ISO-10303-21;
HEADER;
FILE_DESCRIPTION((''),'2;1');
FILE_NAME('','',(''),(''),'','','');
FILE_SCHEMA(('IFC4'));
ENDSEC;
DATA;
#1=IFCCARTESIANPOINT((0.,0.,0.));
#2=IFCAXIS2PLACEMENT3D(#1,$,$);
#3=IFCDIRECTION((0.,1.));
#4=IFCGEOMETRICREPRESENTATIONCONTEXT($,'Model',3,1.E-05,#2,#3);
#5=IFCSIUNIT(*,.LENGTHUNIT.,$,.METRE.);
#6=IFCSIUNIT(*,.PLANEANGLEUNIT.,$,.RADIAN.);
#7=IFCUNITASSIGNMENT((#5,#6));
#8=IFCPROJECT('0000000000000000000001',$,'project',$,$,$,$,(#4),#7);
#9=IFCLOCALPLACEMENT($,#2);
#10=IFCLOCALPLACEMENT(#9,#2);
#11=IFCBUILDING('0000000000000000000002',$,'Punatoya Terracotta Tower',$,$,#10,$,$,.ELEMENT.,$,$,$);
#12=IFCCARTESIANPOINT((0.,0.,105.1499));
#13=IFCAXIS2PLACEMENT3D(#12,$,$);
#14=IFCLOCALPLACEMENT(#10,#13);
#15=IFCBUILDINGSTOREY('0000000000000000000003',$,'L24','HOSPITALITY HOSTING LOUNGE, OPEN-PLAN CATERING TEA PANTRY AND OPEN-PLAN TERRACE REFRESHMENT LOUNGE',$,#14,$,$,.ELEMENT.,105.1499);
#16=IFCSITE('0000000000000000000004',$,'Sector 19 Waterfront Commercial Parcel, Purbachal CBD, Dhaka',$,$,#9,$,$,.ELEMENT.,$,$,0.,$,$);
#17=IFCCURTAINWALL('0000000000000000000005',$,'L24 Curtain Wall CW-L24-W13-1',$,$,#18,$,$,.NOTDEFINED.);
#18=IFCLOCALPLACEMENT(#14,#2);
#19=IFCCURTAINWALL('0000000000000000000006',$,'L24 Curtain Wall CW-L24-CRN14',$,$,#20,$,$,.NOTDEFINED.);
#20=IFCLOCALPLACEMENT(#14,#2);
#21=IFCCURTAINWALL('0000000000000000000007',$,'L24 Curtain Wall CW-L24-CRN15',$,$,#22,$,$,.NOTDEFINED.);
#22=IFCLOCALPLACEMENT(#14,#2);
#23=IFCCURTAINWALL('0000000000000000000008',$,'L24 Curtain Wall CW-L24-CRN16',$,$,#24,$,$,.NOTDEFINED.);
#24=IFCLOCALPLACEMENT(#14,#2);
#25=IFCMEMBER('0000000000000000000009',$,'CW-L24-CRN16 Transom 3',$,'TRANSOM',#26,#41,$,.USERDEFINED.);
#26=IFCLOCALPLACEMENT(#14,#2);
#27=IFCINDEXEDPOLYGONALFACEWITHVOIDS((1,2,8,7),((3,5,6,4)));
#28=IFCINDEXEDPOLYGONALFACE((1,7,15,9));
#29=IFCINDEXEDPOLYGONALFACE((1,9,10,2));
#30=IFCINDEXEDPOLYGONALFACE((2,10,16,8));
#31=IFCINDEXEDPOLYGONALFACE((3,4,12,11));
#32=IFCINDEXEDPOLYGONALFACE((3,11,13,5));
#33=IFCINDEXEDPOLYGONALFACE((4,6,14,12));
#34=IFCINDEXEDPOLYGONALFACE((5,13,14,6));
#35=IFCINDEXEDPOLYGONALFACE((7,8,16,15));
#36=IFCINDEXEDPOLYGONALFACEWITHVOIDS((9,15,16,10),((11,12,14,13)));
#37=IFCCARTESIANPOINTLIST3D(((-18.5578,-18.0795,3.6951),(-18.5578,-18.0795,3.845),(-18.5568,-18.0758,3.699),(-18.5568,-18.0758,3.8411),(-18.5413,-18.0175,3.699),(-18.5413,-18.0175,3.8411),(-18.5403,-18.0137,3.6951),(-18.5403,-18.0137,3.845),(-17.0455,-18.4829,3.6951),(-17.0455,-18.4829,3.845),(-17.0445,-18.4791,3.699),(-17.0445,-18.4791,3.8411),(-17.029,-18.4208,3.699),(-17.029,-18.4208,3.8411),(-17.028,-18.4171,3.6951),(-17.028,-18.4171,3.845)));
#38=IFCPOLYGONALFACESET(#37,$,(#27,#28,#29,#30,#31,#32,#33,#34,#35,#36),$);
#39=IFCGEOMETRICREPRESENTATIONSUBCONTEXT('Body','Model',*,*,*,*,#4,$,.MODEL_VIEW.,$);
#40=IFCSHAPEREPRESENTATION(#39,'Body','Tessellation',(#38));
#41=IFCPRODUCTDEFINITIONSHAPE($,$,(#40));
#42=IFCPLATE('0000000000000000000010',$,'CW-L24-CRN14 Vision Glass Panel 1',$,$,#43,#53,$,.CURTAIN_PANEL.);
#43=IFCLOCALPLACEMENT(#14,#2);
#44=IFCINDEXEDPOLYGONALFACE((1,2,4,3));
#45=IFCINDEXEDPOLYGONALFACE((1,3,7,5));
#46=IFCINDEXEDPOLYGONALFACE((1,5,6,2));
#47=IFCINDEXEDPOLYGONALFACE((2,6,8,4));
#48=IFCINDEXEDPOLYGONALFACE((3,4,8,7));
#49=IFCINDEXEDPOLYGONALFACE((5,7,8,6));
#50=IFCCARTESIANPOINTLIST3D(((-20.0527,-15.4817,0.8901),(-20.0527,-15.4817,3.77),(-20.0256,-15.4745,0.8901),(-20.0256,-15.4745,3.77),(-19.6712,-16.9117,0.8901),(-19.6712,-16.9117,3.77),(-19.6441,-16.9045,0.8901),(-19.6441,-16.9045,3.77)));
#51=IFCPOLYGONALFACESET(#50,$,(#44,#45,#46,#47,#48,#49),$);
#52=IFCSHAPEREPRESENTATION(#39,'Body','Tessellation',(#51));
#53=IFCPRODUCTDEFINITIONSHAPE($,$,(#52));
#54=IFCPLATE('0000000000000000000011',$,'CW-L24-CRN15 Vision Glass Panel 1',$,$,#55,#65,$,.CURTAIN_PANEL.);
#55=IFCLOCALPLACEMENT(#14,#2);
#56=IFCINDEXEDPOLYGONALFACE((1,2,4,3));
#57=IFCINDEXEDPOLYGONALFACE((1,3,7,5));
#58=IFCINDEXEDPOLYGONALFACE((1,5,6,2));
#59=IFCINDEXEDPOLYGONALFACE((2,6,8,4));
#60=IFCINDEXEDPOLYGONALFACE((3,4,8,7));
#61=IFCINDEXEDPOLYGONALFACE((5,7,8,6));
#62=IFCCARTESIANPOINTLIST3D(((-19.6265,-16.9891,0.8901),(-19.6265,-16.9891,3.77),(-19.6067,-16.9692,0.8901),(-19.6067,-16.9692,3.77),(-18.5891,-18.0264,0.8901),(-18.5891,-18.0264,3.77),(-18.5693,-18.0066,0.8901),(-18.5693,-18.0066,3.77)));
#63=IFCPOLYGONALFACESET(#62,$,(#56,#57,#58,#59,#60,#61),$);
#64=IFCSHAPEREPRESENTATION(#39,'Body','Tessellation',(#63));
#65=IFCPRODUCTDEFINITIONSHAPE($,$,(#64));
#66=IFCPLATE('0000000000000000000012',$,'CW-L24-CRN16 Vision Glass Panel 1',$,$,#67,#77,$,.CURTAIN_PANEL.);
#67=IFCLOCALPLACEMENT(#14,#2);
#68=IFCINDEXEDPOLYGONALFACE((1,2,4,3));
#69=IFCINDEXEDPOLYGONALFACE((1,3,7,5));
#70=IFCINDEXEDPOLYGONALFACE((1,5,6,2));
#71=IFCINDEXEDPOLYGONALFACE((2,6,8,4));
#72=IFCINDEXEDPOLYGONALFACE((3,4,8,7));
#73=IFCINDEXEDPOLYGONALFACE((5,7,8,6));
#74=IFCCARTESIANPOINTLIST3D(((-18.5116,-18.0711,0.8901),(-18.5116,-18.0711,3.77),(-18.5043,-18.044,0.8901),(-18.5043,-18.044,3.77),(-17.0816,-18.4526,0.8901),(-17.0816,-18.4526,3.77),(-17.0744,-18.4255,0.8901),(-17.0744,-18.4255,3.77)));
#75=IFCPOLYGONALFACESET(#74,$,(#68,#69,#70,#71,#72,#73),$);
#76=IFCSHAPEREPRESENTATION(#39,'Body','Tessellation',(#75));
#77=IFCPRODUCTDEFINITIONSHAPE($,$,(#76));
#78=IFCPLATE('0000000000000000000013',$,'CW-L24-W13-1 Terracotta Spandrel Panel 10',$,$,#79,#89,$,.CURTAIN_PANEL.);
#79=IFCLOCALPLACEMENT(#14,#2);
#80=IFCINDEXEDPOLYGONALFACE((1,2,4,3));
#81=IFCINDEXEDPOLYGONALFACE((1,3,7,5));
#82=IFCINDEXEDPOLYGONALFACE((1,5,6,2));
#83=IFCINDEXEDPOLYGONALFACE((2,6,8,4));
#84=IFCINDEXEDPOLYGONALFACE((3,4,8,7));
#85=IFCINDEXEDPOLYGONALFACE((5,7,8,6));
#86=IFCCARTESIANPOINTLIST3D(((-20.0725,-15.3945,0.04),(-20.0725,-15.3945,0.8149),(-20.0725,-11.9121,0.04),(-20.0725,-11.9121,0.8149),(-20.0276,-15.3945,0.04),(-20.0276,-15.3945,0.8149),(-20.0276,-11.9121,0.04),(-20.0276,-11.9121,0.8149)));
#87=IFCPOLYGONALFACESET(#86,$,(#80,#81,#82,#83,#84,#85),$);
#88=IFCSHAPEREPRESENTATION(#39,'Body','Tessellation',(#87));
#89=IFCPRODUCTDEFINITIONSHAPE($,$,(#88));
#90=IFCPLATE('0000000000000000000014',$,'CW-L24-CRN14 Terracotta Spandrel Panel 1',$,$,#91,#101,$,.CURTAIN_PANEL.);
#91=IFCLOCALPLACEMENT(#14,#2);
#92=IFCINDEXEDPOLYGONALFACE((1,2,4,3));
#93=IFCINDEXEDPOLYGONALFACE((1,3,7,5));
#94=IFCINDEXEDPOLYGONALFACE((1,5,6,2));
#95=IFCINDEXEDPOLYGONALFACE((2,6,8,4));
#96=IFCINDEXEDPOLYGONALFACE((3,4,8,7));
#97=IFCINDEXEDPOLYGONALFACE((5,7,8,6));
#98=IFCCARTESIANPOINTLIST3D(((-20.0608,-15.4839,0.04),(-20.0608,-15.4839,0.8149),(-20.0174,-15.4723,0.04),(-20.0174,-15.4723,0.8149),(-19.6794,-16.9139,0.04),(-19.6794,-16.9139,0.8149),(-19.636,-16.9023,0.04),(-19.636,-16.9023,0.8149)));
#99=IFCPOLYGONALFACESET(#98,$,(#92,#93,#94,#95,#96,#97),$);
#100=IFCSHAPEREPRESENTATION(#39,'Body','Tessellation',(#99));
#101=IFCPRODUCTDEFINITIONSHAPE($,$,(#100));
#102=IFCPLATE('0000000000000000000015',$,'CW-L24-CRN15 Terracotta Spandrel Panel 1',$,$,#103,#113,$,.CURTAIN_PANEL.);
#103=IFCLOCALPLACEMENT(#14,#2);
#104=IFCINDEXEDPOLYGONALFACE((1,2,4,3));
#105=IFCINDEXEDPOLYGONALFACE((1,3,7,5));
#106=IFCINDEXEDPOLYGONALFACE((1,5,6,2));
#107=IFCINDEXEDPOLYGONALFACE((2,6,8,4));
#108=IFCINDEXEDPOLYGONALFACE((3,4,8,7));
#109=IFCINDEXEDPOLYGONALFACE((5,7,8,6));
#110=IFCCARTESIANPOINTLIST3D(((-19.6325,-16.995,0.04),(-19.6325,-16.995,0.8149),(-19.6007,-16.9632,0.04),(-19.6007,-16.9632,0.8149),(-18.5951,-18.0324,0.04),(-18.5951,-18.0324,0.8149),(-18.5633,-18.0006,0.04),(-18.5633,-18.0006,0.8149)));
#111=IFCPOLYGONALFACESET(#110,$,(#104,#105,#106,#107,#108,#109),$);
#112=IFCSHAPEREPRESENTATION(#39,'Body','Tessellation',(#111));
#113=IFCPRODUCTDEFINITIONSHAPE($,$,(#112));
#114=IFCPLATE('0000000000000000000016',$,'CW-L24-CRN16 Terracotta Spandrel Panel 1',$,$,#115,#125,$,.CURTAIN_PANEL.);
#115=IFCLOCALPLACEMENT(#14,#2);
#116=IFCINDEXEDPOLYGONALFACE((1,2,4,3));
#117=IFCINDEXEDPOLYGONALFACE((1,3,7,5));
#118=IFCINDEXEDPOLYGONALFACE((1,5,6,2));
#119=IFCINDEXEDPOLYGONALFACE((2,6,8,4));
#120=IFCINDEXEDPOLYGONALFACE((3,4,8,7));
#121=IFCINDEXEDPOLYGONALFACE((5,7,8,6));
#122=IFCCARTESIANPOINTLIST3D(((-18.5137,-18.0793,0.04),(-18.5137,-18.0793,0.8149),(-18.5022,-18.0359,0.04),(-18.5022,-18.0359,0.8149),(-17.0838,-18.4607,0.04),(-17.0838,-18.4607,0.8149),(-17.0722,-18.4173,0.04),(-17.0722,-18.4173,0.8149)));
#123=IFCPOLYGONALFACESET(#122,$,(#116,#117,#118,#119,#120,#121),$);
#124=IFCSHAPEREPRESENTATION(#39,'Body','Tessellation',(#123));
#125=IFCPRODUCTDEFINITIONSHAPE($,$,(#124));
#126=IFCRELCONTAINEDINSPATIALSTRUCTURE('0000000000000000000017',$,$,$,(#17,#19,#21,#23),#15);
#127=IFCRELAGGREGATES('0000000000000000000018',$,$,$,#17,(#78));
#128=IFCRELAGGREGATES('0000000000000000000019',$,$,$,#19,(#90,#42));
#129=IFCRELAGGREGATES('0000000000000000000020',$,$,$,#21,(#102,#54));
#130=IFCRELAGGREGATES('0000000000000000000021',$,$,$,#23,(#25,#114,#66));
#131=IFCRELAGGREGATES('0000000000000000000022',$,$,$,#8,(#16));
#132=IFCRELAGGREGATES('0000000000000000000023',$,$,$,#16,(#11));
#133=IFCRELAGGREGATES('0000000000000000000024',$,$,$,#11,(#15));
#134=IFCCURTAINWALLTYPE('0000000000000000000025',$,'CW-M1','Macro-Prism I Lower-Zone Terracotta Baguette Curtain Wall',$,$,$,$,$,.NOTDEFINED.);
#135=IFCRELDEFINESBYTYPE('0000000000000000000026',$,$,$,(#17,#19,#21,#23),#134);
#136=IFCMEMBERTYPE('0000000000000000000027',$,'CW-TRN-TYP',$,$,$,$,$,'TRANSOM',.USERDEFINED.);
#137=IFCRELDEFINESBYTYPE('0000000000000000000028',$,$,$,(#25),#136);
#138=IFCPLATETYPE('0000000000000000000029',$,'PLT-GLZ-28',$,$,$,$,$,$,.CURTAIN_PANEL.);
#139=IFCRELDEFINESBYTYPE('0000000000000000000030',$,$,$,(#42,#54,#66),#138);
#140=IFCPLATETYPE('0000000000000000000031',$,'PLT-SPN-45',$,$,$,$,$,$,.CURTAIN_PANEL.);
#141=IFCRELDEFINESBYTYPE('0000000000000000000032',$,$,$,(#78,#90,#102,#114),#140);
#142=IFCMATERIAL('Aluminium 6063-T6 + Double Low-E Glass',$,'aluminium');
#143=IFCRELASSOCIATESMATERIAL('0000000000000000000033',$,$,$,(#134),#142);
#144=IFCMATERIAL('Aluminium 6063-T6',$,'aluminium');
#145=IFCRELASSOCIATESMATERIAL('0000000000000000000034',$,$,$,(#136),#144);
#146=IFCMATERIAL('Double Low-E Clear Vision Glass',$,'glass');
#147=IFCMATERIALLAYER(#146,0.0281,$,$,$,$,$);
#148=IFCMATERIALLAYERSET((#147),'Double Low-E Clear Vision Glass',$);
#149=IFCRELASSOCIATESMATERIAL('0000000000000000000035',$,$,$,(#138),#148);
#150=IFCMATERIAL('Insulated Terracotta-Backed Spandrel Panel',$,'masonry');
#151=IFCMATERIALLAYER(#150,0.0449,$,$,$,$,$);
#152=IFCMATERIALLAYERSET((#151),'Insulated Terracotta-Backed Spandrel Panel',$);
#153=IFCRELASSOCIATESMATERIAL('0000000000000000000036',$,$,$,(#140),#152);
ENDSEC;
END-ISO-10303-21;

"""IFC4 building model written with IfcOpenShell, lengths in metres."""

from ifc_helpers import new_model, si_unit, direction, frame, origin, origin_2d, place, context, subcontext, project, spatial, rectangle, hollow_rectangle, extrude, material, layer, layer_set, material_profile, profile_set, type_object, element, aggregate, save


model = new_model("IFC4")

# Units and contexts
model_context = context("Model", 3, precision=1e-05, world=origin(), true_north=direction((0.0, 1.0)))
body_context = subcontext(model_context, "Body", "Model", "MODEL_VIEW")
ifc_project = project(units=[si_unit("LENGTHUNIT", "METRE"), si_unit("PLANEANGLEUNIT", "RADIAN")], contexts=[model_context])

# Site, building, storey
site_placement = place(None, origin())
site = spatial("IfcSite", under=ifc_project, at=site_placement, Name="Sector 19 Waterfront Commercial Parcel, Purbachal CBD, Dhaka", CompositionType="ELEMENT", RefElevation=0.0)
building_placement = place(site_placement, origin())
building = spatial("IfcBuilding", under=site, at=building_placement, Name="Punatoya Terracotta Tower", CompositionType="ELEMENT")
storey_placement = place(building_placement, frame((0.0, 0.0, 105.1499)))
storey = spatial("IfcBuildingStorey", under=building, at=storey_placement, Name="L24", Description="HOSPITALITY HOSTING LOUNGE, OPEN-PLAN CATERING TEA PANTRY AND OPEN-PLAN TERRACE REFRESHMENT LOUNGE", CompositionType="ELEMENT", Elevation=105.1499)

# Curtain wall
ifc_material_1 = material(Name="Aluminium 6063-T6 + Double Low-E Glass", Category="aluminium")
curtain_wall_type = type_object("IfcCurtainWallType", Name="CW-M1", Description="Macro-Prism I Lower-Zone Terracotta Baguette Curtain Wall", PredefinedType="NOTDEFINED", material=ifc_material_1)
curtain_wall_1_placement = place(storey_placement, origin())
curtain_wall_1 = element("IfcCurtainWall", 1, at=curtain_wall_1_placement, inside=storey, type_object=curtain_wall_type, Name="L24 Curtain Wall CW-L24-W13-1", PredefinedType="NOTDEFINED")
ifc_material_2 = material(Name="Aluminium 6063-T6", Category="aluminium")

# Curtain walls
curtain_wall_2_placement = place(storey_placement, origin())
curtain_wall_2 = element("IfcCurtainWall", 2, at=curtain_wall_2_placement, inside=storey, type_object=curtain_wall_type, Name="L24 Curtain Wall CW-L24-CRN14", PredefinedType="NOTDEFINED")
curtain_wall_3_placement = place(storey_placement, origin())
curtain_wall_3 = element("IfcCurtainWall", 3, at=curtain_wall_3_placement, inside=storey, type_object=curtain_wall_type, Name="L24 Curtain Wall CW-L24-CRN15", PredefinedType="NOTDEFINED")
curtain_wall_4_placement = place(storey_placement, origin())
curtain_wall_4 = element("IfcCurtainWall", 4, at=curtain_wall_4_placement, inside=storey, type_object=curtain_wall_type, Name="L24 Curtain Wall CW-L24-CRN16", PredefinedType="NOTDEFINED")

# Member
ifc_material_profile_1 = material_profile(ifc_material_2, hollow_rectangle(XDim=0.0681, YDim=0.1499, WallThickness=0.0039, at=origin_2d()))
ifc_profile_set_1 = profile_set([ifc_material_profile_1], Name="Aluminium 6063-T6")
member_type_1 = type_object("IfcMemberType", Name="CW-TRN-TYP", ElementType="TRANSOM", PredefinedType="USERDEFINED", material=ifc_profile_set_1)
member_1_placement = place(storey_placement, frame((-18.5491, -18.0466, 3.77), z_axis=(0.966225, -0.257701, 0.0), x_axis=(0.257701, 0.966225, 0.0)))
member_1 = element("IfcMember", 5, at=member_1_placement, type_object=member_type_1, Name="CW-L24-CRN16 Transom 3", ObjectType="TRANSOM", PredefinedType="USERDEFINED", context=body_context, shape_type="SweptSolid", body=[
    extrude(hollow_rectangle(XDim=0.0681, YDim=0.1499, WallThickness=0.0039, at=origin_2d()), origin(), (0.0, 0.0, 1.0), 1.5652),
])

# Plates
ifc_material_3 = material(Name="Double Low-E Clear Vision Glass", Category="glass")
ifc_layer_1 = layer(ifc_material_3, 0.0281)
ifc_layer_set_1 = layer_set([ifc_layer_1], Name="Double Low-E Clear Vision Glass")
plate_type_1 = type_object("IfcPlateType", Name="PLT-GLZ-28", PredefinedType="CURTAIN_PANEL", material=ifc_layer_set_1)
plate_1_placement = place(storey_placement, frame((-19.8484, -16.1931, 0.8901), z_axis=(0.0, 0.0, 1.0), x_axis=(0.257742, -0.966214, 0.0)))
plate_1 = element("IfcPlate", 6, at=plate_1_placement, type_object=plate_type_1, Name="CW-L24-CRN14 Vision Glass Panel 1", PredefinedType="CURTAIN_PANEL", context=body_context, shape_type="SweptSolid", body=[
    extrude(rectangle(XDim=1.48, YDim=0.0281, at=origin_2d()), origin(), (0.0, 0.0, 1.0), 2.8799),
])
plate_2_placement = place(storey_placement, frame((-19.0979, -17.4978, 0.8901), z_axis=(0.0, 0.0, 1.0), x_axis=(0.707107, -0.707107, 0.0)))
plate_2 = element("IfcPlate", 7, at=plate_2_placement, type_object=plate_type_1, Name="CW-L24-CRN15 Vision Glass Panel 1", PredefinedType="CURTAIN_PANEL", context=body_context, shape_type="SweptSolid", body=[
    extrude(rectangle(XDim=1.467, YDim=0.0281, at=origin_2d()), origin(), (0.0, 0.0, 1.0), 2.8799),
])
plate_3_placement = place(storey_placement, frame((-17.793, -18.2483, 0.8901), z_axis=(0.0, 0.0, 1.0), x_axis=(0.966214, -0.257742, 0.0)))
plate_3 = element("IfcPlate", 8, at=plate_3_placement, type_object=plate_type_1, Name="CW-L24-CRN16 Vision Glass Panel 1", PredefinedType="CURTAIN_PANEL", context=body_context, shape_type="SweptSolid", body=[
    extrude(rectangle(XDim=1.48, YDim=0.0281, at=origin_2d()), origin(), (0.0, 0.0, 1.0), 2.8799),
])
ifc_material_4 = material(Name="Insulated Terracotta-Backed Spandrel Panel", Category="masonry")
ifc_layer_2 = layer(ifc_material_4, 0.0449)
ifc_layer_set_2 = layer_set([ifc_layer_2], Name="Insulated Terracotta-Backed Spandrel Panel")
plate_type_2 = type_object("IfcPlateType", Name="PLT-SPN-45", PredefinedType="CURTAIN_PANEL", material=ifc_layer_set_2)
plate_4_placement = place(storey_placement, frame((-20.05, -13.6533, 0.04), z_axis=(0.0, 0.0, 1.0), x_axis=(0.0, -1.0, 0.0)))
plate_4 = element("IfcPlate", 9, at=plate_4_placement, type_object=plate_type_2, Name="CW-L24-W13-1 Terracotta Spandrel Panel 10", PredefinedType="CURTAIN_PANEL", context=body_context, shape_type="SweptSolid", body=[
    extrude(rectangle(XDim=3.4824, YDim=0.0449, at=origin_2d()), origin(), (0.0, 0.0, 1.0), 0.7749),
])
aggregate(curtain_wall_1, [plate_4])
plate_5_placement = place(storey_placement, frame((-19.8484, -16.1931, 0.04), z_axis=(0.0, 0.0, 1.0), x_axis=(0.257742, -0.966214, 0.0)))
plate_5 = element("IfcPlate", 10, at=plate_5_placement, type_object=plate_type_2, Name="CW-L24-CRN14 Terracotta Spandrel Panel 1", PredefinedType="CURTAIN_PANEL", context=body_context, shape_type="SweptSolid", body=[
    extrude(rectangle(XDim=1.48, YDim=0.0449, at=origin_2d()), origin(), (0.0, 0.0, 1.0), 0.7749),
])
aggregate(curtain_wall_2, [plate_5, plate_1])
plate_6_placement = place(storey_placement, frame((-19.0979, -17.4978, 0.04), z_axis=(0.0, 0.0, 1.0), x_axis=(0.707107, -0.707107, 0.0)))
plate_6 = element("IfcPlate", 11, at=plate_6_placement, type_object=plate_type_2, Name="CW-L24-CRN15 Terracotta Spandrel Panel 1", PredefinedType="CURTAIN_PANEL", context=body_context, shape_type="SweptSolid", body=[
    extrude(rectangle(XDim=1.467, YDim=0.0449, at=origin_2d()), origin(), (0.0, 0.0, 1.0), 0.7749),
])
aggregate(curtain_wall_3, [plate_6, plate_2])
plate_7_placement = place(storey_placement, frame((-17.793, -18.2483, 0.04), z_axis=(0.0, 0.0, 1.0), x_axis=(0.966214, -0.257742, 0.0)))
plate_7 = element("IfcPlate", 12, at=plate_7_placement, type_object=plate_type_2, Name="CW-L24-CRN16 Terracotta Spandrel Panel 1", PredefinedType="CURTAIN_PANEL", context=body_context, shape_type="SweptSolid", body=[
    extrude(rectangle(XDim=1.48, YDim=0.0449, at=origin_2d()), origin(), (0.0, 0.0, 1.0), 0.7749),
])
aggregate(curtain_wall_4, [member_1, plate_7, plate_3])

save(model, "model.ifc")
